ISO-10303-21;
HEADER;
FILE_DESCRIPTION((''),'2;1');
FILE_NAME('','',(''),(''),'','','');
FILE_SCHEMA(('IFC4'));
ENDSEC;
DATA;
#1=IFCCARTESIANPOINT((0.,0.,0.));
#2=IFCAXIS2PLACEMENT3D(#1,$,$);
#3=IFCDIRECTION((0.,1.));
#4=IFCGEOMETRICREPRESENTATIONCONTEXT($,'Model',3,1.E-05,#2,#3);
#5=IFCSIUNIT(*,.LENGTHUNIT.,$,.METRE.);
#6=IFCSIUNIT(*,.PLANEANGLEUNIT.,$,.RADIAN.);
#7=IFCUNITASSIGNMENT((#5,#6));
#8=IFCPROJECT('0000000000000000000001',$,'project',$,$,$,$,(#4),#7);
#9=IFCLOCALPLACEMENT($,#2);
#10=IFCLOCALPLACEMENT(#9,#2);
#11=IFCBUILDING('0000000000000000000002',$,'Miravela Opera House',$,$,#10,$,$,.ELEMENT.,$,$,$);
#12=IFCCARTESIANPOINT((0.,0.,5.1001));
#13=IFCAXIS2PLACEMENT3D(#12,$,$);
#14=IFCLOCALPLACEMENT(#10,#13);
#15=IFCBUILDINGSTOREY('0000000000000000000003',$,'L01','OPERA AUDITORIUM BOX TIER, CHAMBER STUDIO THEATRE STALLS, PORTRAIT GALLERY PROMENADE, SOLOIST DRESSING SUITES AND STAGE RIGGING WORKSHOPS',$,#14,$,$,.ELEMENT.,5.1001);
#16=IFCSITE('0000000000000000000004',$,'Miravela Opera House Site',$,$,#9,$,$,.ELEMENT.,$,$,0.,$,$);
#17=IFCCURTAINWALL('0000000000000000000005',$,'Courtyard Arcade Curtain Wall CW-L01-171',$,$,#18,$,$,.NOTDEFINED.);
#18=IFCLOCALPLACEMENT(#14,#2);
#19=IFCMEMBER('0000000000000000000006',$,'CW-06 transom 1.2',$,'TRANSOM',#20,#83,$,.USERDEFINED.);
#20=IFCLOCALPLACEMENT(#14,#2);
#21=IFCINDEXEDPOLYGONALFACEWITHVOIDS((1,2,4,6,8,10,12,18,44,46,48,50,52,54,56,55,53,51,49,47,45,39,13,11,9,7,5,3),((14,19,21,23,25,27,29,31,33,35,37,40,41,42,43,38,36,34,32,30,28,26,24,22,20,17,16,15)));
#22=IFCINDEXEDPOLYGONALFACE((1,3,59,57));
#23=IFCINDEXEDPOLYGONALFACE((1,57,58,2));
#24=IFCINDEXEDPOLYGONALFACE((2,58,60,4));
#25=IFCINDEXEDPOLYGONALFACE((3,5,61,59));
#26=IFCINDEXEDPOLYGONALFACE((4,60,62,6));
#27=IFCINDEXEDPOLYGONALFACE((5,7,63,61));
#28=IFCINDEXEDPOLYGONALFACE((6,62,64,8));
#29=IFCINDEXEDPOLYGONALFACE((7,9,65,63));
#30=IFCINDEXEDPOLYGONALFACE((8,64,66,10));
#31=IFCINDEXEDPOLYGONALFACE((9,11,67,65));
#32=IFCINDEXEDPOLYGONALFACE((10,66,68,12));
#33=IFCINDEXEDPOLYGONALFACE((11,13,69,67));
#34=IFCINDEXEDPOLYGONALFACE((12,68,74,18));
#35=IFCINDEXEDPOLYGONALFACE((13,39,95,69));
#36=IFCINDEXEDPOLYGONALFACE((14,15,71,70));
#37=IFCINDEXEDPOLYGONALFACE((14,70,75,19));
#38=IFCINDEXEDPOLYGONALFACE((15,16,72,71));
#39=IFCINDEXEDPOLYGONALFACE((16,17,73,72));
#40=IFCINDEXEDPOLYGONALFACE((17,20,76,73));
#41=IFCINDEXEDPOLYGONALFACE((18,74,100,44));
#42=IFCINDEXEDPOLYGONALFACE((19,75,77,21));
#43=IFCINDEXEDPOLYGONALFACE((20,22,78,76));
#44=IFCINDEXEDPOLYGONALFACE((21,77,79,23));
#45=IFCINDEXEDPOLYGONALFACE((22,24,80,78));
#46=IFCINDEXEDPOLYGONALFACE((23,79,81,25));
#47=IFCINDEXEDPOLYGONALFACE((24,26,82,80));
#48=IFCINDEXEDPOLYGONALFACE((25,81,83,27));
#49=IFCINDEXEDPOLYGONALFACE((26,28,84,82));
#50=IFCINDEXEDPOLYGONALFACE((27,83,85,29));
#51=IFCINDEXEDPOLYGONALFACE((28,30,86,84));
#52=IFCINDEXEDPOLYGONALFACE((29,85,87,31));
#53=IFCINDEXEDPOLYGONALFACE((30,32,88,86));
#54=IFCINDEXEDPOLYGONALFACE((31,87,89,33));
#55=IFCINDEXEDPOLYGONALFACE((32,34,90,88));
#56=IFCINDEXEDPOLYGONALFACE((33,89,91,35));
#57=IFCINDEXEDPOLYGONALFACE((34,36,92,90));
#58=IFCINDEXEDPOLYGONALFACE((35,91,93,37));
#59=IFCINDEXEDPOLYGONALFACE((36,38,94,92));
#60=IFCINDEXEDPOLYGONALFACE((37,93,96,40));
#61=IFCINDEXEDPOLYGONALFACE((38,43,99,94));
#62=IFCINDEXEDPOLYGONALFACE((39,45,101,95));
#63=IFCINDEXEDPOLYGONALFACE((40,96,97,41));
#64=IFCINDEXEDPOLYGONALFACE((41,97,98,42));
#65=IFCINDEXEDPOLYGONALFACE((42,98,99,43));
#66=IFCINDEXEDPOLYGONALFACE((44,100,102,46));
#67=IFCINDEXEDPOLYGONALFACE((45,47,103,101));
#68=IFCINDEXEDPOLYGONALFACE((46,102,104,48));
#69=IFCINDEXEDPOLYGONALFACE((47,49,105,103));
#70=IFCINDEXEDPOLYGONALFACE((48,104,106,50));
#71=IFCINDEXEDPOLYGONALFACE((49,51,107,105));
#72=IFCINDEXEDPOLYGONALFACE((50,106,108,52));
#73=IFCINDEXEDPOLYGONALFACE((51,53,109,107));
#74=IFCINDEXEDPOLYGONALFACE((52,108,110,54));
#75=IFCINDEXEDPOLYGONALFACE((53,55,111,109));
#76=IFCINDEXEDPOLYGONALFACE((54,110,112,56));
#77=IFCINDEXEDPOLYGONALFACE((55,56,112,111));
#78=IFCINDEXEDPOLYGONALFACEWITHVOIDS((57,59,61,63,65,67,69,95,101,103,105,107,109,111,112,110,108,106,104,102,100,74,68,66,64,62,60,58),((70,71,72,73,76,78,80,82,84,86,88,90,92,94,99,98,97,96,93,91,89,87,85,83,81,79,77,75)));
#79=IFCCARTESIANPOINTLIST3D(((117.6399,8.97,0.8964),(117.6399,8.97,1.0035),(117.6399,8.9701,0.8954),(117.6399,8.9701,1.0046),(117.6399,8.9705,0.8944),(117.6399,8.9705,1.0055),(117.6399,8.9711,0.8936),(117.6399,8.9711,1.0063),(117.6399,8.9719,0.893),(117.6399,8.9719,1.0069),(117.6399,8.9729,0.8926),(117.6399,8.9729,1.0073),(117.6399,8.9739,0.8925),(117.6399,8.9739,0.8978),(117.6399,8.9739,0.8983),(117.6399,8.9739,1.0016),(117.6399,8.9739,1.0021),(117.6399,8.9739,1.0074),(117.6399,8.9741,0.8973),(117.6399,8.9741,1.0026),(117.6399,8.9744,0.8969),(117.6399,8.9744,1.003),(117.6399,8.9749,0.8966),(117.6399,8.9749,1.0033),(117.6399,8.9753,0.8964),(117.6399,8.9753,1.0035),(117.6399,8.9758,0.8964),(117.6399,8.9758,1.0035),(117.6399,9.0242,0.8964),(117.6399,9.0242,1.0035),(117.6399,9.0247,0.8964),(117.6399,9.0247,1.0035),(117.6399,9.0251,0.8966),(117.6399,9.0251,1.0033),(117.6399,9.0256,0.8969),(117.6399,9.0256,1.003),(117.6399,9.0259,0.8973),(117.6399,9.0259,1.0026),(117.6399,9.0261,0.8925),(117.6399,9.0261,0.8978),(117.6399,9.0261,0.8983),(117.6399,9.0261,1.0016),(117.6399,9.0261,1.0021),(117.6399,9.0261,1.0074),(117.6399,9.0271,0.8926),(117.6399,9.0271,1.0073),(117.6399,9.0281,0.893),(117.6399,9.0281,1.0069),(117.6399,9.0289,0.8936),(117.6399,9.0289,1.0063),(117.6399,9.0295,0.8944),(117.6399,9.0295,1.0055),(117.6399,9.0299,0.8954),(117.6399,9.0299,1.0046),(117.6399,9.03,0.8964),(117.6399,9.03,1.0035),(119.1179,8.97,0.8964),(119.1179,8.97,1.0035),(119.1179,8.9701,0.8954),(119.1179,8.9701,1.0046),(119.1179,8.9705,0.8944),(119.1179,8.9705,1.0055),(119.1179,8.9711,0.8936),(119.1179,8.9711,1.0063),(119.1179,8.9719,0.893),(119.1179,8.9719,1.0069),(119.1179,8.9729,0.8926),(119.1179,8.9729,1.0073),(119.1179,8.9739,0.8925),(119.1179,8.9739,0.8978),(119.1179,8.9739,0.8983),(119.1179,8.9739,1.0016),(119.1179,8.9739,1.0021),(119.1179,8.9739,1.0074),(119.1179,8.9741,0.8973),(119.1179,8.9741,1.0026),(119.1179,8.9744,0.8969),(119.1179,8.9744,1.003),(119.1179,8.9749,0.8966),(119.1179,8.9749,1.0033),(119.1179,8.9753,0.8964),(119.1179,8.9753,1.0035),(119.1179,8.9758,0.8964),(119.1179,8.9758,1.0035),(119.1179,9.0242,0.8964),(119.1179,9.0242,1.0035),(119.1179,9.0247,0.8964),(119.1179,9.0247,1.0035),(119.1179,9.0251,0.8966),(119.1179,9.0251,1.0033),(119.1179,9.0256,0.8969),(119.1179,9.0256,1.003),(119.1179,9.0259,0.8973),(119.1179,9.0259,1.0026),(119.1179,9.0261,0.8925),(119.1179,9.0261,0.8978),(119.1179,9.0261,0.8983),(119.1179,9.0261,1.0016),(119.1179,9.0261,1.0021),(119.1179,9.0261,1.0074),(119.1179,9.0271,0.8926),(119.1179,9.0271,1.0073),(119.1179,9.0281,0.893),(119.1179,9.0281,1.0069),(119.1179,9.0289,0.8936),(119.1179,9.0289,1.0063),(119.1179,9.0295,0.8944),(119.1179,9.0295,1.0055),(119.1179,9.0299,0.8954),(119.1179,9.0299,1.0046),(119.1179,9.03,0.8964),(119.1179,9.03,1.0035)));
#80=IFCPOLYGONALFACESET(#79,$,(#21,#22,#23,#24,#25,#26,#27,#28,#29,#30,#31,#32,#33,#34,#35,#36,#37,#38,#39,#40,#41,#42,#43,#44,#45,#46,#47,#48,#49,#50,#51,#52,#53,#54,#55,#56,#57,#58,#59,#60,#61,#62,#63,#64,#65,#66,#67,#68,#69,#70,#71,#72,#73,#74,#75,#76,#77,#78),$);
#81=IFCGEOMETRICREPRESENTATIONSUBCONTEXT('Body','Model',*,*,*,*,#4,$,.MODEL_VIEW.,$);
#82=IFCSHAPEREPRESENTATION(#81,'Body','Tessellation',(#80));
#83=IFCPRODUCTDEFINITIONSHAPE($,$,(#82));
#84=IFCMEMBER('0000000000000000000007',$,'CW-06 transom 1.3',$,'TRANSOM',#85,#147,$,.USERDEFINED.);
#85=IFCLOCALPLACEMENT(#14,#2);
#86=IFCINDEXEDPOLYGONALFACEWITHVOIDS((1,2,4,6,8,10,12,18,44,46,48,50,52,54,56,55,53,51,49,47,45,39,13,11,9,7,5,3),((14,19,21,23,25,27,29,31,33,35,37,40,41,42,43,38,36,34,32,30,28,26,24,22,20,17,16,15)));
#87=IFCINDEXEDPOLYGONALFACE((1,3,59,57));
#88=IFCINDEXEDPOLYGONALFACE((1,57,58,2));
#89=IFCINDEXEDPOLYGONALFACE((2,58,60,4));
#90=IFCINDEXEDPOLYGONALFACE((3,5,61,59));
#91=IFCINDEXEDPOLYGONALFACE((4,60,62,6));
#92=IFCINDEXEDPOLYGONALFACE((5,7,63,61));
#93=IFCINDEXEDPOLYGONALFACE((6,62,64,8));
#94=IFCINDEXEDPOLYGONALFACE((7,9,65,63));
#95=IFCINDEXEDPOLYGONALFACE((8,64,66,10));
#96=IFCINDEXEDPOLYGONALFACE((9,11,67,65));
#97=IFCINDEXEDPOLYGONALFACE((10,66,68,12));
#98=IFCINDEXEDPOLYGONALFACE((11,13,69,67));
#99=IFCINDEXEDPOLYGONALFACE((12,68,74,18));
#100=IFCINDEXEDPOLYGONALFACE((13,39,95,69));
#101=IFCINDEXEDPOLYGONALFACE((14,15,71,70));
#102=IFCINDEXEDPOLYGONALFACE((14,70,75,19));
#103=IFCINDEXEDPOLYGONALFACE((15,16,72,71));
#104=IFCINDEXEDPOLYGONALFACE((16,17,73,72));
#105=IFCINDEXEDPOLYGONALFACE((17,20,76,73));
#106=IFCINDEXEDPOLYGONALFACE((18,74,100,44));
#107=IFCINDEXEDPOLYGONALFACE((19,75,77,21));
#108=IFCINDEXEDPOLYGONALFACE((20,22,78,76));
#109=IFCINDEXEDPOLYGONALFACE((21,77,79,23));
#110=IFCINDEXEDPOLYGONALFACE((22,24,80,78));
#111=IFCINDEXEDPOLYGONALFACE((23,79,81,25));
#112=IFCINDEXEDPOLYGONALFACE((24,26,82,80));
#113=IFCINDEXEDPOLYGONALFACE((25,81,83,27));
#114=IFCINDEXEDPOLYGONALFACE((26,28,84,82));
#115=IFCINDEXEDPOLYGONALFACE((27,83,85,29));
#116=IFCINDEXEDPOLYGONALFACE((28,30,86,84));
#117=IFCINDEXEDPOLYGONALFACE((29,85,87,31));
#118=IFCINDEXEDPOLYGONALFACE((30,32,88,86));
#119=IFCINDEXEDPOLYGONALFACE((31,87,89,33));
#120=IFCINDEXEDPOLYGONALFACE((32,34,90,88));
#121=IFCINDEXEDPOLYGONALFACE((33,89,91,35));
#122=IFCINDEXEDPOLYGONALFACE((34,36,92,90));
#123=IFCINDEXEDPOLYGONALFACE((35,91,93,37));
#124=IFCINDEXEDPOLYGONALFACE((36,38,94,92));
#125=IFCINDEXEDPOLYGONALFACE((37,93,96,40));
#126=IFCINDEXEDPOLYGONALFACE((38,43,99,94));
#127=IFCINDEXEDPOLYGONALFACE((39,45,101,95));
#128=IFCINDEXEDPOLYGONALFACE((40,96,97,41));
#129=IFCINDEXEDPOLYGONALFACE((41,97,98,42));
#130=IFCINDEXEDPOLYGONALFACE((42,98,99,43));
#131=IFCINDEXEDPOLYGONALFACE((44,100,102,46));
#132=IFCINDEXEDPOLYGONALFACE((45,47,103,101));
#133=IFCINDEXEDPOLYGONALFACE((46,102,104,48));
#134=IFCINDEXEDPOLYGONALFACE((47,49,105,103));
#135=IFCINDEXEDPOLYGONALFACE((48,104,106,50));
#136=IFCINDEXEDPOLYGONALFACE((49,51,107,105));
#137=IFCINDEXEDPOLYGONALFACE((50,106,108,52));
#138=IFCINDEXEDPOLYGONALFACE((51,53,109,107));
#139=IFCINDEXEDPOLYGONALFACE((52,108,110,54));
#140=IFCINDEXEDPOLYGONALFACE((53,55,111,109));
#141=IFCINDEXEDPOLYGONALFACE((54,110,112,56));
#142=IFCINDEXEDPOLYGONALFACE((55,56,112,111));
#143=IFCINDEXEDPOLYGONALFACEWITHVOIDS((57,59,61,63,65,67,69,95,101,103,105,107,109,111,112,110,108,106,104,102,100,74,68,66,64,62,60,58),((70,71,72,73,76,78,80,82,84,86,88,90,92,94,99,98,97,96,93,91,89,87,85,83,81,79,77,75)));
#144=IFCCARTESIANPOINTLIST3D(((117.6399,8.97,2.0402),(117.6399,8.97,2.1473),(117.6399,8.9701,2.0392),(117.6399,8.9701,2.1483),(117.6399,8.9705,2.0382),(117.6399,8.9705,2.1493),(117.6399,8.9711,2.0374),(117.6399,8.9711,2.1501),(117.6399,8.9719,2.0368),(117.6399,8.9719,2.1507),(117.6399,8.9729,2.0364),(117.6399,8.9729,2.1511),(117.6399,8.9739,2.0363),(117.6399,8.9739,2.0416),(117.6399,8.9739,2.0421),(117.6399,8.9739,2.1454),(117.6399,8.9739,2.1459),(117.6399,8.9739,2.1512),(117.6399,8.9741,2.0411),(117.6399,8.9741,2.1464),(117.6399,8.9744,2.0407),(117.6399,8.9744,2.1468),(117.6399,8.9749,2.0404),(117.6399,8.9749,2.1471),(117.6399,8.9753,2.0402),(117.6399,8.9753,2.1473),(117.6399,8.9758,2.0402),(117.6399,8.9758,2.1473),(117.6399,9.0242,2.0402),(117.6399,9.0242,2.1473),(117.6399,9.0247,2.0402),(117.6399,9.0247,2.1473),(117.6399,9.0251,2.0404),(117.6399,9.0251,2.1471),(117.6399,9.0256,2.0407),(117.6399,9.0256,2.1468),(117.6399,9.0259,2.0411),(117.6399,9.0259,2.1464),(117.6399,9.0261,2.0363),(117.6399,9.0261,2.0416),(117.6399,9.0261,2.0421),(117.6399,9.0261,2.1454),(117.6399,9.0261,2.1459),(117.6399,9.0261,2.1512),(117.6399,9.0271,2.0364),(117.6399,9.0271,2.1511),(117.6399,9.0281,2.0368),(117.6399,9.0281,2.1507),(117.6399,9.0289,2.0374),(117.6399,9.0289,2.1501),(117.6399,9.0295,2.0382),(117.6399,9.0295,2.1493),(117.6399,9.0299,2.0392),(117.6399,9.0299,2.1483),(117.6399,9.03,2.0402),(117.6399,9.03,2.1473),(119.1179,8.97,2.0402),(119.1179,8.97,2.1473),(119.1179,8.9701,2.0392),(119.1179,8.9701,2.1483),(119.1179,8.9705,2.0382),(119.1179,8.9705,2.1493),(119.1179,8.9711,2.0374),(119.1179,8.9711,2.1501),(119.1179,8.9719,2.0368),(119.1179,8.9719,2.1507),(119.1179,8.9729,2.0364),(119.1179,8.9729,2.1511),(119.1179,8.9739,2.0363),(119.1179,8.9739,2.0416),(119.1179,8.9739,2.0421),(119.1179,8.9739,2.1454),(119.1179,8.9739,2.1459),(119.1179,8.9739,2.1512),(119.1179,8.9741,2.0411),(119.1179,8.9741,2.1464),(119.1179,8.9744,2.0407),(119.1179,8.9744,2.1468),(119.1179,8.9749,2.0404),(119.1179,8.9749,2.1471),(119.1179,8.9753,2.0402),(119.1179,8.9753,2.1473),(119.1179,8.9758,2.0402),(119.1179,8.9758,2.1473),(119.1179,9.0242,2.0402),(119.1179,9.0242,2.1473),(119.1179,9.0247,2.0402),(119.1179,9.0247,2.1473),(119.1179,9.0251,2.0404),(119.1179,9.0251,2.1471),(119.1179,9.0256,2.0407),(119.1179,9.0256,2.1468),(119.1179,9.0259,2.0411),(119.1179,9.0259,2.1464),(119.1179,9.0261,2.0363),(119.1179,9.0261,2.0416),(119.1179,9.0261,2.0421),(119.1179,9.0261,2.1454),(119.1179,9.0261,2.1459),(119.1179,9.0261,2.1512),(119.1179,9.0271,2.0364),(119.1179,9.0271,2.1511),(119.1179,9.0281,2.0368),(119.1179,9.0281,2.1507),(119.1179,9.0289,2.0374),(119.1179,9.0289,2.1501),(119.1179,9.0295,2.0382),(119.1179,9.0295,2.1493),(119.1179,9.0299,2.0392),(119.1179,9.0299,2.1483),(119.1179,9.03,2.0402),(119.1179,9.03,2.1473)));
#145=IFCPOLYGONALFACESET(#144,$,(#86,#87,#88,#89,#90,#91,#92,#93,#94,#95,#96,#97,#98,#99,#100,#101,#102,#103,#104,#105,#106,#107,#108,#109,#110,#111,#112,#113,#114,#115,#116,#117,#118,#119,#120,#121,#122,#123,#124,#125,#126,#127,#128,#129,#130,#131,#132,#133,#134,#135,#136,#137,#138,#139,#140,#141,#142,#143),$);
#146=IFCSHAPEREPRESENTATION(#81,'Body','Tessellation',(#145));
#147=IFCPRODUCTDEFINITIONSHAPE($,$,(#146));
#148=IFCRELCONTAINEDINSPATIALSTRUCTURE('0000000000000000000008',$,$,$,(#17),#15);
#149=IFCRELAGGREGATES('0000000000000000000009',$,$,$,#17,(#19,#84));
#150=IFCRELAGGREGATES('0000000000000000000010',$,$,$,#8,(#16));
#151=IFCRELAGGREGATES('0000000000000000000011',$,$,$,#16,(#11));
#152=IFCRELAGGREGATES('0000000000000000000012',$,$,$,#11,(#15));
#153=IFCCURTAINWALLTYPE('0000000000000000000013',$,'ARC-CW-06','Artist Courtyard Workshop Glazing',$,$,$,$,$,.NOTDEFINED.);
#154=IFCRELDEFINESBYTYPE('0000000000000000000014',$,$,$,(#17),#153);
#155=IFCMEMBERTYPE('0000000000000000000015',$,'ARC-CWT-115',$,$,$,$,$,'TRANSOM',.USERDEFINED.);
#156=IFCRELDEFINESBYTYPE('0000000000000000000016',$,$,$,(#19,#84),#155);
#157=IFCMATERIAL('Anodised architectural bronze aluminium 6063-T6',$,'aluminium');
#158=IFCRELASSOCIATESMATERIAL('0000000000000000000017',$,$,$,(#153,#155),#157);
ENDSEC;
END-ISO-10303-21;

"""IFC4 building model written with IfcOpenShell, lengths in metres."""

from ifc_helpers import new_model, si_unit, direction, frame, origin, origin_2d, place, context, subcontext, project, spatial, hollow_rectangle, extrude, material, material_profile, profile_set, type_object, element, aggregate, save


model = new_model("IFC4")

# Units and contexts
model_context = context("Model", 3, precision=1e-05, world=origin(), true_north=direction((0.0, 1.0)))
body_context = subcontext(model_context, "Body", "Model", "MODEL_VIEW")
ifc_project = project(units=[si_unit("LENGTHUNIT", "METRE"), si_unit("PLANEANGLEUNIT", "RADIAN")], contexts=[model_context])

# Site, building, storey
site_placement = place(None, origin())
site = spatial("IfcSite", under=ifc_project, at=site_placement, Name="Miravela Opera House Site", CompositionType="ELEMENT", RefElevation=0.0)
building_placement = place(site_placement, origin())
building = spatial("IfcBuilding", under=site, at=building_placement, Name="Miravela Opera House", CompositionType="ELEMENT")
storey_placement = place(building_placement, frame((0.0, 0.0, 5.1001)))
storey = spatial("IfcBuildingStorey", under=building, at=storey_placement, Name="L01", Description="OPERA AUDITORIUM BOX TIER, CHAMBER STUDIO THEATRE STALLS, PORTRAIT GALLERY PROMENADE, SOLOIST DRESSING SUITES AND STAGE RIGGING WORKSHOPS", CompositionType="ELEMENT", Elevation=5.1001)

# Curtain wall, members
ifc_material_1 = material(Name="Anodised architectural bronze aluminium 6063-T6", Category="aluminium")
curtain_wall_type = type_object("IfcCurtainWallType", Name="ARC-CW-06", Description="Artist Courtyard Workshop Glazing", PredefinedType="NOTDEFINED", material=ifc_material_1)
curtain_wall_placement = place(storey_placement, origin())
curtain_wall = element("IfcCurtainWall", 1, at=curtain_wall_placement, inside=storey, type_object=curtain_wall_type, Name="Courtyard Arcade Curtain Wall CW-L01-171", PredefinedType="NOTDEFINED")
ifc_material_profile_1 = material_profile(ifc_material_1, hollow_rectangle(XDim=0.0601, YDim=0.115, WallThickness=0.0039, InnerFilletRadius=0.002, OuterFilletRadius=0.0039, at=origin_2d()), Name="CWT-60X115")
ifc_profile_set_1 = profile_set([ifc_material_profile_1])
member_type_1 = type_object("IfcMemberType", Name="ARC-CWT-115", ElementType="TRANSOM", PredefinedType="USERDEFINED", material=ifc_profile_set_1)
member_1_placement = place(storey_placement, frame((117.6399, 9.0, 0.95), z_axis=(1.0, 0.0, 0.0), x_axis=(0.0, 1.0, 0.0)))
member_1 = element("IfcMember", 2, at=member_1_placement, type_object=member_type_1, Name="CW-06 transom 1.2", ObjectType="TRANSOM", PredefinedType="USERDEFINED", context=body_context, shape_type="SweptSolid", body=[
    extrude(hollow_rectangle(XDim=0.0601, YDim=0.115, WallThickness=0.0039, InnerFilletRadius=0.002, OuterFilletRadius=0.0039, at=origin_2d()), origin(), (0.0, 0.0, 1.0), 1.478),
])
member_2_placement = place(storey_placement, frame((117.6399, 9.0, 2.0938), z_axis=(1.0, 0.0, 0.0), x_axis=(0.0, 1.0, 0.0)))
member_2 = element("IfcMember", 3, at=member_2_placement, type_object=member_type_1, Name="CW-06 transom 1.3", ObjectType="TRANSOM", PredefinedType="USERDEFINED", context=body_context, shape_type="SweptSolid", body=[
    extrude(hollow_rectangle(XDim=0.0601, YDim=0.115, WallThickness=0.0039, InnerFilletRadius=0.002, OuterFilletRadius=0.0039, at=origin_2d()), origin(), (0.0, 0.0, 1.0), 1.478),
])

aggregate(curtain_wall, [member_1, member_2])

save(model, "model.ifc")
